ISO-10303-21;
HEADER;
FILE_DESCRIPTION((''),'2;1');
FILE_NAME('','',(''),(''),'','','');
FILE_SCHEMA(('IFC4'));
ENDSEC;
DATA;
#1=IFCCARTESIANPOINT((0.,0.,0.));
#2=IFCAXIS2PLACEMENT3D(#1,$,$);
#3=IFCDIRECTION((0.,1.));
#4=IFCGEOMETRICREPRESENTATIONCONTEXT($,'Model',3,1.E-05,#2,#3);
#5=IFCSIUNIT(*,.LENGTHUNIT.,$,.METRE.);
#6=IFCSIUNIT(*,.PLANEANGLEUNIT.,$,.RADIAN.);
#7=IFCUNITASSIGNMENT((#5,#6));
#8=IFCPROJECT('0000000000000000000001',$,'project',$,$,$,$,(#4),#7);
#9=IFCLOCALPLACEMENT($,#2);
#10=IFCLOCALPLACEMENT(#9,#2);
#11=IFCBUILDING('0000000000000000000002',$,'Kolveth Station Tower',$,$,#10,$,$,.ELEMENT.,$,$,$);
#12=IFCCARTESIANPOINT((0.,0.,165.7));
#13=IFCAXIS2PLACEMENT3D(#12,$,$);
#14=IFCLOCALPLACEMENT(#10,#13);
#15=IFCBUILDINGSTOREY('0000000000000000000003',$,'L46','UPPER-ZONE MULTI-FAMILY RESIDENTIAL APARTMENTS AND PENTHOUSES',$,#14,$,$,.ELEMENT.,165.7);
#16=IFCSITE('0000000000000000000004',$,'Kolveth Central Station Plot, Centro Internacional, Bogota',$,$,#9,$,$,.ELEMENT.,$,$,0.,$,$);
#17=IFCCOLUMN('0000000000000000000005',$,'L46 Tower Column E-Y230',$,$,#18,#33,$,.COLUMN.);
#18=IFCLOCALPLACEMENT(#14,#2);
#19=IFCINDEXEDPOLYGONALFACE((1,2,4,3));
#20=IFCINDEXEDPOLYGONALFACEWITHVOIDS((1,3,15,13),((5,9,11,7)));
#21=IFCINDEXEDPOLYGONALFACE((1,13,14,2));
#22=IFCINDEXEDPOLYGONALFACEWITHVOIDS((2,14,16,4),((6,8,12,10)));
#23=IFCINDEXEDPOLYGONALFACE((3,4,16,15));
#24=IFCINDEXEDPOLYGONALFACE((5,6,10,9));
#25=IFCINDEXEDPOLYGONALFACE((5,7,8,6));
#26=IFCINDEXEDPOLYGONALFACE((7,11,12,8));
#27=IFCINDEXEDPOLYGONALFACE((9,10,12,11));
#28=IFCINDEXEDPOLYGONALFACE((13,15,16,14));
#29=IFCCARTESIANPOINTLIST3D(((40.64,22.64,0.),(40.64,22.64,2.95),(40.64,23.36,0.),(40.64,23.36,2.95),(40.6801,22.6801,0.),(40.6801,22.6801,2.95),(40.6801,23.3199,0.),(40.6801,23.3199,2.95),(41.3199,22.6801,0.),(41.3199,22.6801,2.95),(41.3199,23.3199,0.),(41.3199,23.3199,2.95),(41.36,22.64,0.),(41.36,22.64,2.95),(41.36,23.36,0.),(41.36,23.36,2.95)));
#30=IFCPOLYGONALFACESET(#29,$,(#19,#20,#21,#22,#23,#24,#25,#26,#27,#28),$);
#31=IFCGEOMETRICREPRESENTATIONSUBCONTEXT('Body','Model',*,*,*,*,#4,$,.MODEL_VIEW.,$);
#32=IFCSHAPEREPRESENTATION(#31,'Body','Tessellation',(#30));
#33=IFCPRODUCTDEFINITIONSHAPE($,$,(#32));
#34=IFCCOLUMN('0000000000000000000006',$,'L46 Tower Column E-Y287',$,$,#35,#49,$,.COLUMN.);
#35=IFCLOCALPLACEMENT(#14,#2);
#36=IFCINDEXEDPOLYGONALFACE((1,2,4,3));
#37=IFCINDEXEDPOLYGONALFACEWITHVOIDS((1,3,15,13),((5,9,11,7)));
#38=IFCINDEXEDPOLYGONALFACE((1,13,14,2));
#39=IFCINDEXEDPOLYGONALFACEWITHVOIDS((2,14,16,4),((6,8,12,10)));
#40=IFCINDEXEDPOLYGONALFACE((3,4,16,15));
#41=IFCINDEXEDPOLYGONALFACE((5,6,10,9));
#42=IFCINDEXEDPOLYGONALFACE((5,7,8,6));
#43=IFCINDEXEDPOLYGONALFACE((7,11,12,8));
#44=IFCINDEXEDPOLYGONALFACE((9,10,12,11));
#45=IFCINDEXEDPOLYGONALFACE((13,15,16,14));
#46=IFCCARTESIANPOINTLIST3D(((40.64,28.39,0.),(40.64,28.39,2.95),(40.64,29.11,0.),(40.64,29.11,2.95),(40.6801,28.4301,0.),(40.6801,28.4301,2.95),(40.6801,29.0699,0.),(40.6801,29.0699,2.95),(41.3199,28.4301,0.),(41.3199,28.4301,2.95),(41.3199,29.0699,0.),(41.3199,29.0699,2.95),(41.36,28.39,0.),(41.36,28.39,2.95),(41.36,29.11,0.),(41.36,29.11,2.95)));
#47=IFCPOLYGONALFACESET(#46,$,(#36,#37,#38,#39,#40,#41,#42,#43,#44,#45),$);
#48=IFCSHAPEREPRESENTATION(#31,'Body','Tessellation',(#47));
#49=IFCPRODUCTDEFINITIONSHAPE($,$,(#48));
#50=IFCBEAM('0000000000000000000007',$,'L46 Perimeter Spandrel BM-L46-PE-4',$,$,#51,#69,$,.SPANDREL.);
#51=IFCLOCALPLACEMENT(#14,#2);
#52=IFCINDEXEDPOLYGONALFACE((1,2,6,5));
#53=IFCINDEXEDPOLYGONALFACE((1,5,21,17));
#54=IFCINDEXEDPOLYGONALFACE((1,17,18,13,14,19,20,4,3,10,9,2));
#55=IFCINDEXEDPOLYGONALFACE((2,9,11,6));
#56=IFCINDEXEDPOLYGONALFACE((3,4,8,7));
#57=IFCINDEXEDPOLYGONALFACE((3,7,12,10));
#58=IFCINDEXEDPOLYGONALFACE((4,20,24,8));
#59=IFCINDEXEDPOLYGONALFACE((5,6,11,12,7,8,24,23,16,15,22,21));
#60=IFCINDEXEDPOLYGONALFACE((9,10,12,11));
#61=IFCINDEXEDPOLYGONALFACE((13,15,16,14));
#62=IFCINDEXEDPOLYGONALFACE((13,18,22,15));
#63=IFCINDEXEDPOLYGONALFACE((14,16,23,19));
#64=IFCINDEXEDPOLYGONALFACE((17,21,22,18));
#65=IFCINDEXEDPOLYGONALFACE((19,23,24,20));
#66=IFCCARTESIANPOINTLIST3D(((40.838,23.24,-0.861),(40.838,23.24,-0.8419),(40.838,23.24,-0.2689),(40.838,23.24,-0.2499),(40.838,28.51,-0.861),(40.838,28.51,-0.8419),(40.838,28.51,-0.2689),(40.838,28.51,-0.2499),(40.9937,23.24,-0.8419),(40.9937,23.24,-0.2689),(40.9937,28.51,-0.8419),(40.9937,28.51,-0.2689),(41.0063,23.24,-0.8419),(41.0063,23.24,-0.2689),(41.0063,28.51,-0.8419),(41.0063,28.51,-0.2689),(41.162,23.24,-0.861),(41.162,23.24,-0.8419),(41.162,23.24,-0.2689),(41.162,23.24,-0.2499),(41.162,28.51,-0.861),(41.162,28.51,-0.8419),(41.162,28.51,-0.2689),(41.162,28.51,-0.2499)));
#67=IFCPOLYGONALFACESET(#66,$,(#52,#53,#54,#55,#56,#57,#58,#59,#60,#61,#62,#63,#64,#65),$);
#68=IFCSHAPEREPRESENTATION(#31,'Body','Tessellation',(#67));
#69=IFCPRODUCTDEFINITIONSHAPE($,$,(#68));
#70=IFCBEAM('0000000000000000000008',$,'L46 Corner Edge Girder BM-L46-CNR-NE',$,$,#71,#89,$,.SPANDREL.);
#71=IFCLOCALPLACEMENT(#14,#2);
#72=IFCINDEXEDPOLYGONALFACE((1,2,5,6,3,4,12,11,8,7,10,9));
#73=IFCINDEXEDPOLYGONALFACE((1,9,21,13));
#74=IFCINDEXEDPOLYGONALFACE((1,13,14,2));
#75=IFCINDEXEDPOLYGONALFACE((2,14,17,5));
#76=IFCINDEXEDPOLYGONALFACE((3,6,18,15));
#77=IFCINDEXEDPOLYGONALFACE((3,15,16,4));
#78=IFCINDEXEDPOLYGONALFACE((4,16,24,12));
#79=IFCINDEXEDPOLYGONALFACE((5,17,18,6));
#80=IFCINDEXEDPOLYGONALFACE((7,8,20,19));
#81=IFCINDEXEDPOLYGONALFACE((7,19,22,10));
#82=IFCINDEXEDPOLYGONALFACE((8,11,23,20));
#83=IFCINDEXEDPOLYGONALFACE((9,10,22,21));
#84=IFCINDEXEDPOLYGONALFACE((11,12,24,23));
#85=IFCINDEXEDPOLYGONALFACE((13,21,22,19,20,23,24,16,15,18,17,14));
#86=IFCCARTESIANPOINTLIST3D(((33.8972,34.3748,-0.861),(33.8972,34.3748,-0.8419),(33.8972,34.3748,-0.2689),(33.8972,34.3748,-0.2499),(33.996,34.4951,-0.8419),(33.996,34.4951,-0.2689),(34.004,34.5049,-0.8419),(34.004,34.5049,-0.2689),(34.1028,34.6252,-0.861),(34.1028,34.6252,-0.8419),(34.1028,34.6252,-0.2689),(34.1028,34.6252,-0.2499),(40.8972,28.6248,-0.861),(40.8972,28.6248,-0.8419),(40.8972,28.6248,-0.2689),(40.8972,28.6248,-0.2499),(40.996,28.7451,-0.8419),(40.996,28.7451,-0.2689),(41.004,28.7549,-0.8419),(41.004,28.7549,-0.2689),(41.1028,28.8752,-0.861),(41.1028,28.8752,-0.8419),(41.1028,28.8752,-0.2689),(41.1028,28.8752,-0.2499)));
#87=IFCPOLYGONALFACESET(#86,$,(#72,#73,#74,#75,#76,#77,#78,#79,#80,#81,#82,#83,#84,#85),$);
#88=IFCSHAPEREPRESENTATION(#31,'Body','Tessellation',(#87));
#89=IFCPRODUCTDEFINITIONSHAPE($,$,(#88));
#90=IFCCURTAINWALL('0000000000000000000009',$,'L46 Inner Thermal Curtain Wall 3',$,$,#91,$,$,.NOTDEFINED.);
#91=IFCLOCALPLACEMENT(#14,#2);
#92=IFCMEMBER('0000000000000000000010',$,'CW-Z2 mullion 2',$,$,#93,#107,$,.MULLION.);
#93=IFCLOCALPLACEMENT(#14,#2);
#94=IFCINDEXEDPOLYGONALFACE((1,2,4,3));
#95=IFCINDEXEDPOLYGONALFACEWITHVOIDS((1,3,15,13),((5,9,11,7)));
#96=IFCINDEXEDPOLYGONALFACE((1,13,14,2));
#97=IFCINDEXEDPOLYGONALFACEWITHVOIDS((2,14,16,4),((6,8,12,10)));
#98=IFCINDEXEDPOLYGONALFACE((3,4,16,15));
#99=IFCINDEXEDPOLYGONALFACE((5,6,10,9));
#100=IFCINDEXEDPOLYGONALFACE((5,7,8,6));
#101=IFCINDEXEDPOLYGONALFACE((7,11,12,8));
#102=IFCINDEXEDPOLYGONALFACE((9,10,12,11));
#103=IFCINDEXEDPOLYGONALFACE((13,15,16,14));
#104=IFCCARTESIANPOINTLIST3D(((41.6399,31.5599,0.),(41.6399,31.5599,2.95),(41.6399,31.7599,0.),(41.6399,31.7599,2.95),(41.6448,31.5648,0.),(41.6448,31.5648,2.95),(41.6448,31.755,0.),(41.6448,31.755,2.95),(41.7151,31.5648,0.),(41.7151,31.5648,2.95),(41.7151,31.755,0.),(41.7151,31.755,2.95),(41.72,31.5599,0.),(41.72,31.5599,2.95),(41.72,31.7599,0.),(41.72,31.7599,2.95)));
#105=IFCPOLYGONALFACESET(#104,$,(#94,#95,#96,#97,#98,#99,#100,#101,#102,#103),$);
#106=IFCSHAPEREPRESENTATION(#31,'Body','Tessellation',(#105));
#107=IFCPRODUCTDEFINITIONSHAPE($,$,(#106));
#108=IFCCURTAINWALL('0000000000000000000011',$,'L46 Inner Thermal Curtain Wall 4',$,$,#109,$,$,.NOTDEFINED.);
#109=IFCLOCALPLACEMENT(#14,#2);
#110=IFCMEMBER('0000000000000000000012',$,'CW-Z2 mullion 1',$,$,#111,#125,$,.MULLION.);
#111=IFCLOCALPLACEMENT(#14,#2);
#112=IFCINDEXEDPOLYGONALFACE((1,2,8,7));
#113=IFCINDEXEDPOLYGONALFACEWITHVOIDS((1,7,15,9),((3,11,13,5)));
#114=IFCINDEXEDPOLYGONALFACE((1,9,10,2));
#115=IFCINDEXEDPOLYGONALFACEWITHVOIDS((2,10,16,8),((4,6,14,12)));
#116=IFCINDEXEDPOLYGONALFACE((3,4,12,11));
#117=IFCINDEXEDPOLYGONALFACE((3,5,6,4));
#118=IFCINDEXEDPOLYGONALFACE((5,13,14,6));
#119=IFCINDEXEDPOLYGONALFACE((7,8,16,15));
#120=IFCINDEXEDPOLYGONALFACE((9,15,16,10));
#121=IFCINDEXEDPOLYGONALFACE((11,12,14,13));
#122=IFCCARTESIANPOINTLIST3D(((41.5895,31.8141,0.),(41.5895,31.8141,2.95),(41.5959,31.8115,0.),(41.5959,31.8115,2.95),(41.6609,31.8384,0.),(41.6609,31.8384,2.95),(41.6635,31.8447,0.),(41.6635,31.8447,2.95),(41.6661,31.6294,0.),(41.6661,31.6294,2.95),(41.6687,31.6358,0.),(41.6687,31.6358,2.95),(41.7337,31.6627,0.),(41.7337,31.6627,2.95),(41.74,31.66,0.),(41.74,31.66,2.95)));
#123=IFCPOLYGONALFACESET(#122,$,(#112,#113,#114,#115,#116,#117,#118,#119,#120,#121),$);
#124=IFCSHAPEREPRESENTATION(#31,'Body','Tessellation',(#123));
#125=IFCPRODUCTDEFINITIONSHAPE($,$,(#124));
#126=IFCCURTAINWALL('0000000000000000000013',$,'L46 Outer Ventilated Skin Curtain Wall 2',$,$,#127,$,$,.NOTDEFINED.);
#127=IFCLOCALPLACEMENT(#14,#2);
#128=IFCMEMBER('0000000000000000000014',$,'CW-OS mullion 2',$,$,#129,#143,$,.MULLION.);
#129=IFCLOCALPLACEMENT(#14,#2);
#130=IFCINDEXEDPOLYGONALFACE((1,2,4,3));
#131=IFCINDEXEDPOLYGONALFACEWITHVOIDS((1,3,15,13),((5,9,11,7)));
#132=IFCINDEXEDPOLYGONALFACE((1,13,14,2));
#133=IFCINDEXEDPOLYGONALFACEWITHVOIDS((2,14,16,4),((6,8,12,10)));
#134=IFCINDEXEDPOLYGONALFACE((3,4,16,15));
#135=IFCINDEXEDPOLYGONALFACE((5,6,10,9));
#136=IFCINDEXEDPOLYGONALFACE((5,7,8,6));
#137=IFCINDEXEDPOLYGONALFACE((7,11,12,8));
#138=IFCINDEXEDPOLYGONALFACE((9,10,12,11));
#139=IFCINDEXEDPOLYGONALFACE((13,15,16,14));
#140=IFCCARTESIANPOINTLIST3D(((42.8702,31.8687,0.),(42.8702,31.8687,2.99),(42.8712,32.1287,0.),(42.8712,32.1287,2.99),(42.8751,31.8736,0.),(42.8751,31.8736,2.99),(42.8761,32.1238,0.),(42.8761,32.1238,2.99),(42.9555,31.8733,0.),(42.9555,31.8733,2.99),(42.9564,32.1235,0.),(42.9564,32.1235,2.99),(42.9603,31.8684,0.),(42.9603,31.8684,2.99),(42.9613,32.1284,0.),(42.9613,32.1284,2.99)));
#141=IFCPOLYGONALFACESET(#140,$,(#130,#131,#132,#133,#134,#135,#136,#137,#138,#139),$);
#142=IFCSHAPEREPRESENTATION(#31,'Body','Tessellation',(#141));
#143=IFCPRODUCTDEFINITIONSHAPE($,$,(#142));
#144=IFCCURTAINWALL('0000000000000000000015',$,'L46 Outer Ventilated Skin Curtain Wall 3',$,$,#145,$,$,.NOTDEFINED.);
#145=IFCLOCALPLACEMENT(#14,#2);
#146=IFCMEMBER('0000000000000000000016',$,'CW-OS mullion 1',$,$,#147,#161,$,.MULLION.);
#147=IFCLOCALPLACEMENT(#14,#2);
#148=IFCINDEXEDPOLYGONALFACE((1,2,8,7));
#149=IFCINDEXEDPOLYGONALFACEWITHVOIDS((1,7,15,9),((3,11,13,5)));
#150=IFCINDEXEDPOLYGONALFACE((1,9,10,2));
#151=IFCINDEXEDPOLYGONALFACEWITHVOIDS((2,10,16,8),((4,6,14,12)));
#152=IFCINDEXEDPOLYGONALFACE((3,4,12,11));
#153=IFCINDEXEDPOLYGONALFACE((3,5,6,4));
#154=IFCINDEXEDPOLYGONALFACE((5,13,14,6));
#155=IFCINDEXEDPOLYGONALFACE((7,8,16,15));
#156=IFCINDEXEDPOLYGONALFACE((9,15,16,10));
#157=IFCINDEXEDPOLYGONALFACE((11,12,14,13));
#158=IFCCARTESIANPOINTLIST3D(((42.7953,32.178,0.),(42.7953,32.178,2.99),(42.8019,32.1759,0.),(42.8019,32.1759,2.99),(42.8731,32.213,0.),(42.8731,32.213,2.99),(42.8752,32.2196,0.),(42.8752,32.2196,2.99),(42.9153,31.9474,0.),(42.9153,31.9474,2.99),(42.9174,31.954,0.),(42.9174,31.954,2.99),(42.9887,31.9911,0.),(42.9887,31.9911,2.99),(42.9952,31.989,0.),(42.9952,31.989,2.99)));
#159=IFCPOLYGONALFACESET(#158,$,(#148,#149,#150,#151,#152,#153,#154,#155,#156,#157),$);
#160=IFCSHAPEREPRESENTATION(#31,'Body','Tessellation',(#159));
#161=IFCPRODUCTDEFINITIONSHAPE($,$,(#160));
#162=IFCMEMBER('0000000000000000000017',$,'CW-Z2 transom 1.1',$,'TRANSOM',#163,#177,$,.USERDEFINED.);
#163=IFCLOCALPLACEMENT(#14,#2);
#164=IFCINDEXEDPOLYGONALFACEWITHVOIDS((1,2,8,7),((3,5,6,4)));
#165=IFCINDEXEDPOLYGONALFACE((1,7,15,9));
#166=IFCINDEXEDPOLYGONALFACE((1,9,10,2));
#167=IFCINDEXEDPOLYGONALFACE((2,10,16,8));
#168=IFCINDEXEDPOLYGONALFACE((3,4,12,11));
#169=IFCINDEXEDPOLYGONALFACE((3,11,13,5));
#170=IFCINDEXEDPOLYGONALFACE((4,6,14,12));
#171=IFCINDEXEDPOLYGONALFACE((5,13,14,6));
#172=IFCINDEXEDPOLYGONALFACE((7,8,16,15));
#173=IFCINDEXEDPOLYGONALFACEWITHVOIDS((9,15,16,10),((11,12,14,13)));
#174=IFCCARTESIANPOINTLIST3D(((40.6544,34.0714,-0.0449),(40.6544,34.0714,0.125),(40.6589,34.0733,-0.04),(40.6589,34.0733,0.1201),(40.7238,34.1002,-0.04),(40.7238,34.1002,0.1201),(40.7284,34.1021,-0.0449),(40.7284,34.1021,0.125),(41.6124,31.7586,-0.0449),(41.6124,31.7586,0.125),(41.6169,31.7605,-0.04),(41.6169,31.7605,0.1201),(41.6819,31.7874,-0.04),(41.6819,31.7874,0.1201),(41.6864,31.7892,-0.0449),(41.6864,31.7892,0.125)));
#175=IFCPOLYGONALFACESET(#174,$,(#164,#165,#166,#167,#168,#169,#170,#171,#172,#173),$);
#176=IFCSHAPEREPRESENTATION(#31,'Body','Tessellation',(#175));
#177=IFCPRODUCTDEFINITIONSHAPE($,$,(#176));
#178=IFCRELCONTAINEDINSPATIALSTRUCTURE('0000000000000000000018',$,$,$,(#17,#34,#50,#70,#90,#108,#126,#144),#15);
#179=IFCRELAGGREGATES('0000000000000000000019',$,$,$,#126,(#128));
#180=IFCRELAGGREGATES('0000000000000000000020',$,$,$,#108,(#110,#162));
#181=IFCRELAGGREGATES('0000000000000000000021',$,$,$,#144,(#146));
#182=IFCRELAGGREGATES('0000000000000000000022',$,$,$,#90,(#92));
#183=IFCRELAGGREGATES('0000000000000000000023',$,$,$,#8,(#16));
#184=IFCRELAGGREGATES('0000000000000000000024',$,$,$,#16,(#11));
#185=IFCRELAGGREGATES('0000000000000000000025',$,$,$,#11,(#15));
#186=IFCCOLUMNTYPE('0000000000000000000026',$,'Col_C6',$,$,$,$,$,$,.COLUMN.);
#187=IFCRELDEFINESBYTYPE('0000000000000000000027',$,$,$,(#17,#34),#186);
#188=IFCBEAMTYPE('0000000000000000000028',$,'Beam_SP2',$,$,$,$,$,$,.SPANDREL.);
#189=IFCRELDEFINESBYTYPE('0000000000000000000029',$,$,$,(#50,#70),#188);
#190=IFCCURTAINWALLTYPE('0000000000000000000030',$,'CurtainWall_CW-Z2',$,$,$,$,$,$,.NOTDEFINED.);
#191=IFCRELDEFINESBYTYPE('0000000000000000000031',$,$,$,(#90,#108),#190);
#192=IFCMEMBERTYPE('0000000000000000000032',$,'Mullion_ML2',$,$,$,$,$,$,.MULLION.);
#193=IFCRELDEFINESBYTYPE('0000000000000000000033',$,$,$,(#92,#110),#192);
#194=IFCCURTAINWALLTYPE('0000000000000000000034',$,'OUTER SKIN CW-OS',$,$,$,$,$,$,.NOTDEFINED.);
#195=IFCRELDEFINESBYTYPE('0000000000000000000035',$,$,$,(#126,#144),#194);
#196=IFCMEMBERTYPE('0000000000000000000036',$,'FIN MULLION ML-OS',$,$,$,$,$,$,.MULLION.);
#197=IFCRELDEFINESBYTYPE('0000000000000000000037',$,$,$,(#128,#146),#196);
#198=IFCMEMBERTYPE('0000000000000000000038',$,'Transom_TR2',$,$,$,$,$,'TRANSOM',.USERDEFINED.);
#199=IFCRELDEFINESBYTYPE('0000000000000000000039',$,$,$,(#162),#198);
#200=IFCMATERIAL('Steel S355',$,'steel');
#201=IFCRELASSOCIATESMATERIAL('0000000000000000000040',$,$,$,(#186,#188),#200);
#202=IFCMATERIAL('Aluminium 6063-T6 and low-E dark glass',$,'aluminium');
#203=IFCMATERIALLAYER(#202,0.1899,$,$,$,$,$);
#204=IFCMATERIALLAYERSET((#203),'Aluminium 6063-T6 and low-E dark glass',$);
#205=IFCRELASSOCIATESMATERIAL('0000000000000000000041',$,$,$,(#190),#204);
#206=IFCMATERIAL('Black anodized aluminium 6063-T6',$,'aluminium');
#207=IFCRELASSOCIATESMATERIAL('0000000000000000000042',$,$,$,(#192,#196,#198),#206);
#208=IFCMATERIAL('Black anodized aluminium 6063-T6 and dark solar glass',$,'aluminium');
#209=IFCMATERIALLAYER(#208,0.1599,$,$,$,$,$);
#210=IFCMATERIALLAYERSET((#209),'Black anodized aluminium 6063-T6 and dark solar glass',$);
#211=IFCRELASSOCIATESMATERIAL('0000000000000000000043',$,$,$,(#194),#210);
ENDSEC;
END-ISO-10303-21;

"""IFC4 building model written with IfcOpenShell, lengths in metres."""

from ifc_helpers import new_model, si_unit, direction, frame, origin, origin_2d, place, context, subcontext, project, spatial, hollow_rectangle, i_section, extrude, source, transform, mapped, material, layer, layer_set, material_profile, profile_set, type_object, element, aggregate, save


model = new_model("IFC4")

# Units and contexts
model_context = context("Model", 3, precision=1e-05, world=origin(), true_north=direction((0.0, 1.0)))
body_context = subcontext(model_context, "Body", "Model", "MODEL_VIEW")
ifc_project = project(units=[si_unit("LENGTHUNIT", "METRE"), si_unit("PLANEANGLEUNIT", "RADIAN")], contexts=[model_context])

# Site, building, storey
site_placement = place(None, origin())
site = spatial("IfcSite", under=ifc_project, at=site_placement, Name="Kolveth Central Station Plot, Centro Internacional, Bogota", CompositionType="ELEMENT", RefElevation=0.0)
building_placement = place(site_placement, origin())
building = spatial("IfcBuilding", under=site, at=building_placement, Name="Kolveth Station Tower", CompositionType="ELEMENT")
storey_placement = place(building_placement, frame((0.0, 0.0, 165.7)))
storey = spatial("IfcBuildingStorey", under=building, at=storey_placement, Name="L46", Description="UPPER-ZONE MULTI-FAMILY RESIDENTIAL APARTMENTS AND PENTHOUSES", CompositionType="ELEMENT", Elevation=165.7)

# Columns
ifc_material_1 = material(Name="Steel S355", Category="steel")
ifc_material_profile_1 = material_profile(ifc_material_1, hollow_rectangle(XDim=0.72, YDim=0.72, WallThickness=0.04, at=origin_2d()), Name="BOX720x720x40")
ifc_profile_set_1 = profile_set([ifc_material_profile_1], Name="Steel S355")
column_type = type_object("IfcColumnType", Name="Col_C6", PredefinedType="COLUMN", material=ifc_profile_set_1)
shared_shape_1 = source(origin(), body_context, "Body", "SweptSolid", [
    extrude(hollow_rectangle(XDim=0.72, YDim=0.72, WallThickness=0.04, at=origin_2d()), origin(), (0.0, 0.0, 1.0), 2.95),
])
for number, where, z_axis, x_axis, name in (
    (1, (41.0, 23.0, 0.0), (0.0, 0.0, 1.0), (1.0, 0.0, 0.0), "L46 Tower Column E-Y230"),
    (2, (41.0, 28.75, 0.0), (0.0, 0.0, 1.0), (1.0, 0.0, 0.0), "L46 Tower Column E-Y287"),
):
    element("IfcColumn", number, at=place(storey_placement, frame(where, z_axis=z_axis, x_axis=x_axis)), inside=storey, type_object=column_type, Name=name, PredefinedType="COLUMN", context=body_context, shape_type="MappedRepresentation", body=[
        mapped(shared_shape_1, transform((0.0, 0.0, 0.0), x_axis=(1.0, 0.0, 0.0), y_axis=(0.0, 1.0, 0.0), z_axis=(0.0, 0.0, 1.0), scale=1.0)),
    ])

# Beams
ifc_material_profile_2 = material_profile(ifc_material_1, i_section(OverallWidth=0.324, OverallDepth=0.6111, WebThickness=0.0127, FlangeThickness=0.019, at=origin_2d()), Name="W610x155")
ifc_profile_set_2 = profile_set([ifc_material_profile_2], Name="Steel S355")
beam_type = type_object("IfcBeamType", Name="Beam_SP2", PredefinedType="SPANDREL", material=ifc_profile_set_2)
shared_shape_2 = source(origin(), body_context, "Body", "SweptSolid", [
    extrude(i_section(OverallWidth=0.324, OverallDepth=0.6111, WebThickness=0.0127, FlangeThickness=0.019, at=origin_2d()), origin(), (0.0, 0.0, 1.0), 5.27),
])
beam_1_placement = place(storey_placement, frame((41.0, 23.24, -0.5554), z_axis=(0.0, 1.0, 0.0), x_axis=(-1.0, 0.0, 0.0)))
element("IfcBeam", 3, at=beam_1_placement, inside=storey, type_object=beam_type, Name="L46 Perimeter Spandrel BM-L46-PE-4", PredefinedType="SPANDREL", context=body_context, shape_type="MappedRepresentation", body=[
    mapped(shared_shape_2, transform((0.0, 0.0, 0.0), x_axis=(1.0, 0.0, 0.0), y_axis=(0.0, 1.0, 0.0), z_axis=(0.0, 0.0, 1.0), scale=1.0)),
])
shared_shape_3 = source(origin(), body_context, "Body", "SweptSolid", [
    extrude(i_section(OverallWidth=0.324, OverallDepth=0.6111, WebThickness=0.0127, FlangeThickness=0.019, at=origin_2d()), origin(), (0.0, 0.0, 1.0), 9.0588),
])
beam_2_placement = place(storey_placement, frame((41.0, 28.75, -0.5554), z_axis=(-0.772726, 0.634739, 0.0), x_axis=(-0.634739, -0.772726, 0.0)))
element("IfcBeam", 4, at=beam_2_placement, inside=storey, type_object=beam_type, Name="L46 Corner Edge Girder BM-L46-CNR-NE", PredefinedType="SPANDREL", context=body_context, shape_type="MappedRepresentation", body=[
    mapped(shared_shape_3, transform((0.0, 0.0, 0.0), x_axis=(1.0, 0.0, 0.0), y_axis=(0.0, 1.0, 0.0), z_axis=(0.0, 0.0, 1.0), scale=1.0)),
])

# Curtain walls, members
ifc_material_2 = material(Name="Aluminium 6063-T6 and low-E dark glass", Category="aluminium")
ifc_layer_1 = layer(ifc_material_2, 0.1899)
ifc_layer_set_1 = layer_set([ifc_layer_1], Name="Aluminium 6063-T6 and low-E dark glass")
curtain_wall_type_1 = type_object("IfcCurtainWallType", Name="CurtainWall_CW-Z2", PredefinedType="NOTDEFINED", material=ifc_layer_set_1)
curtain_wall_1_placement = place(storey_placement, origin())
curtain_wall_1 = element("IfcCurtainWall", 5, at=curtain_wall_1_placement, inside=storey, type_object=curtain_wall_type_1, Name="L46 Inner Thermal Curtain Wall 3", PredefinedType="NOTDEFINED")
ifc_material_3 = material(Name="Black anodized aluminium 6063-T6", Category="aluminium")
ifc_material_profile_3 = material_profile(ifc_material_3, hollow_rectangle(XDim=0.0801, YDim=0.2, WallThickness=0.0049, at=origin_2d()), Name="ALU-80x200x5")
ifc_profile_set_3 = profile_set([ifc_material_profile_3], Name="Black anodized aluminium 6063-T6")
member_type_1 = type_object("IfcMemberType", Name="Mullion_ML2", PredefinedType="MULLION", material=ifc_profile_set_3)
shared_shape_4 = source(origin(), body_context, "Body", "SweptSolid", [
    extrude(hollow_rectangle(XDim=0.0801, YDim=0.2, WallThickness=0.0049, at=origin_2d()), origin(), (0.0, 0.0, 1.0), 2.95),
])
member_1_placement = place(storey_placement, frame((41.6799, 31.6599, 0.0), z_axis=(0.0, 0.0, 1.0), x_axis=(-1.0, 0.0, 0.0)))
member_1 = element("IfcMember", 6, at=member_1_placement, type_object=member_type_1, Name="CW-Z2 mullion 2", PredefinedType="MULLION", context=body_context, shape_type="MappedRepresentation", body=[
    mapped(shared_shape_4, transform((0.0, 0.0, 0.0), x_axis=(1.0, 0.0, 0.0), y_axis=(0.0, 1.0, 0.0), z_axis=(0.0, 0.0, 1.0), scale=1.0)),
])
curtain_wall_2_placement = place(storey_placement, origin())
curtain_wall_2 = element("IfcCurtainWall", 7, at=curtain_wall_2_placement, inside=storey, type_object=curtain_wall_type_1, Name="L46 Inner Thermal Curtain Wall 4", PredefinedType="NOTDEFINED")
member_2_placement = place(storey_placement, frame((41.6648, 31.7371, 0.0), z_axis=(0.0, 0.0, 1.0), x_axis=(-0.923874, -0.382698, 0.0)))
member_2 = element("IfcMember", 8, at=member_2_placement, type_object=member_type_1, Name="CW-Z2 mullion 1", PredefinedType="MULLION", context=body_context, shape_type="MappedRepresentation", body=[
    mapped(shared_shape_4, transform((0.0, 0.0, 0.0), x_axis=(1.0, 0.0, 0.0), y_axis=(0.0, 1.0, 0.0), z_axis=(0.0, 0.0, 1.0), scale=1.0)),
])
ifc_material_4 = material(Name="Black anodized aluminium 6063-T6 and dark solar glass", Category="aluminium")
ifc_layer_2 = layer(ifc_material_4, 0.1599)
ifc_layer_set_2 = layer_set([ifc_layer_2], Name="Black anodized aluminium 6063-T6 and dark solar glass")
curtain_wall_type_2 = type_object("IfcCurtainWallType", Name="OUTER SKIN CW-OS", PredefinedType="NOTDEFINED", material=ifc_layer_set_2)
curtain_wall_3_placement = place(storey_placement, origin())
curtain_wall_3 = element("IfcCurtainWall", 9, at=curtain_wall_3_placement, inside=storey, type_object=curtain_wall_type_2, Name="L46 Outer Ventilated Skin Curtain Wall 2", PredefinedType="NOTDEFINED")
ifc_material_profile_4 = material_profile(ifc_material_3, hollow_rectangle(XDim=0.0901, YDim=0.26, WallThickness=0.0049, at=origin_2d()), Name="ALU-90x260x5")
ifc_profile_set_4 = profile_set([ifc_material_profile_4], Name="Black anodized aluminium 6063-T6")
member_type_2 = type_object("IfcMemberType", Name="FIN MULLION ML-OS", PredefinedType="MULLION", material=ifc_profile_set_4)
shared_shape_5 = source(origin(), body_context, "Body", "SweptSolid", [
    extrude(hollow_rectangle(XDim=0.0901, YDim=0.26, WallThickness=0.0049, at=origin_2d()), origin(), (0.0, 0.0, 1.0), 2.99),
])
member_3_placement = place(storey_placement, frame((42.9158, 31.9985, 0.0), z_axis=(0.0, 0.0, 1.0), x_axis=(-0.999993, 0.003844, 0.0)))
member_3 = element("IfcMember", 10, at=member_3_placement, type_object=member_type_2, Name="CW-OS mullion 2", PredefinedType="MULLION", context=body_context, shape_type="MappedRepresentation", body=[
    mapped(shared_shape_5, transform((0.0, 0.0, 0.0), x_axis=(1.0, 0.0, 0.0), y_axis=(0.0, 1.0, 0.0), z_axis=(0.0, 0.0, 1.0), scale=1.0)),
])
aggregate(curtain_wall_3, [member_3])
curtain_wall_4_placement = place(storey_placement, origin())
curtain_wall_4 = element("IfcCurtainWall", 11, at=curtain_wall_4_placement, inside=storey, type_object=curtain_wall_type_2, Name="L46 Outer Ventilated Skin Curtain Wall 3", PredefinedType="NOTDEFINED")
member_4_placement = place(storey_placement, frame((42.8953, 32.0835, 0.0), z_axis=(0.0, 0.0, 1.0), x_axis=(-0.887013, -0.461744, 0.0)))
member_4 = element("IfcMember", 12, at=member_4_placement, type_object=member_type_2, Name="CW-OS mullion 1", PredefinedType="MULLION", context=body_context, shape_type="MappedRepresentation", body=[
    mapped(shared_shape_5, transform((0.0, 0.0, 0.0), x_axis=(1.0, 0.0, 0.0), y_axis=(0.0, 1.0, 0.0), z_axis=(0.0, 0.0, 1.0), scale=1.0)),
])

# Member
ifc_material_profile_5 = material_profile(ifc_material_3, hollow_rectangle(XDim=0.0801, YDim=0.1699, WallThickness=0.0049, at=origin_2d()), Name="ALU-80x170x5")
ifc_profile_set_5 = profile_set([ifc_material_profile_5], Name="Black anodized aluminium 6063-T6")
member_type_3 = type_object("IfcMemberType", Name="Transom_TR2", ElementType="TRANSOM", PredefinedType="USERDEFINED", material=ifc_profile_set_5)
shared_shape_6 = source(origin(), body_context, "Body", "SweptSolid", [
    extrude(hollow_rectangle(XDim=0.0801, YDim=0.1699, WallThickness=0.0049, at=origin_2d()), origin(), (0.0, 0.0, 1.0), 2.5034),
])
member_5_placement = place(storey_placement, frame((41.6494, 31.7739, 0.04), z_axis=(-0.382696, 0.923874, 0.0), x_axis=(-0.923874, -0.382696, 0.0)))
member_5 = element("IfcMember", 13, at=member_5_placement, type_object=member_type_3, Name="CW-Z2 transom 1.1", ObjectType="TRANSOM", PredefinedType="USERDEFINED", context=body_context, shape_type="MappedRepresentation", body=[
    mapped(shared_shape_6, transform((0.0, 0.0, 0.0), x_axis=(1.0, 0.0, 0.0), y_axis=(0.0, 1.0, 0.0), z_axis=(0.0, 0.0, 1.0), scale=1.0)),
])
aggregate(curtain_wall_2, [member_2, member_5])
aggregate(curtain_wall_4, [member_4])

aggregate(curtain_wall_1, [member_1])

save(model, "model.ifc")
